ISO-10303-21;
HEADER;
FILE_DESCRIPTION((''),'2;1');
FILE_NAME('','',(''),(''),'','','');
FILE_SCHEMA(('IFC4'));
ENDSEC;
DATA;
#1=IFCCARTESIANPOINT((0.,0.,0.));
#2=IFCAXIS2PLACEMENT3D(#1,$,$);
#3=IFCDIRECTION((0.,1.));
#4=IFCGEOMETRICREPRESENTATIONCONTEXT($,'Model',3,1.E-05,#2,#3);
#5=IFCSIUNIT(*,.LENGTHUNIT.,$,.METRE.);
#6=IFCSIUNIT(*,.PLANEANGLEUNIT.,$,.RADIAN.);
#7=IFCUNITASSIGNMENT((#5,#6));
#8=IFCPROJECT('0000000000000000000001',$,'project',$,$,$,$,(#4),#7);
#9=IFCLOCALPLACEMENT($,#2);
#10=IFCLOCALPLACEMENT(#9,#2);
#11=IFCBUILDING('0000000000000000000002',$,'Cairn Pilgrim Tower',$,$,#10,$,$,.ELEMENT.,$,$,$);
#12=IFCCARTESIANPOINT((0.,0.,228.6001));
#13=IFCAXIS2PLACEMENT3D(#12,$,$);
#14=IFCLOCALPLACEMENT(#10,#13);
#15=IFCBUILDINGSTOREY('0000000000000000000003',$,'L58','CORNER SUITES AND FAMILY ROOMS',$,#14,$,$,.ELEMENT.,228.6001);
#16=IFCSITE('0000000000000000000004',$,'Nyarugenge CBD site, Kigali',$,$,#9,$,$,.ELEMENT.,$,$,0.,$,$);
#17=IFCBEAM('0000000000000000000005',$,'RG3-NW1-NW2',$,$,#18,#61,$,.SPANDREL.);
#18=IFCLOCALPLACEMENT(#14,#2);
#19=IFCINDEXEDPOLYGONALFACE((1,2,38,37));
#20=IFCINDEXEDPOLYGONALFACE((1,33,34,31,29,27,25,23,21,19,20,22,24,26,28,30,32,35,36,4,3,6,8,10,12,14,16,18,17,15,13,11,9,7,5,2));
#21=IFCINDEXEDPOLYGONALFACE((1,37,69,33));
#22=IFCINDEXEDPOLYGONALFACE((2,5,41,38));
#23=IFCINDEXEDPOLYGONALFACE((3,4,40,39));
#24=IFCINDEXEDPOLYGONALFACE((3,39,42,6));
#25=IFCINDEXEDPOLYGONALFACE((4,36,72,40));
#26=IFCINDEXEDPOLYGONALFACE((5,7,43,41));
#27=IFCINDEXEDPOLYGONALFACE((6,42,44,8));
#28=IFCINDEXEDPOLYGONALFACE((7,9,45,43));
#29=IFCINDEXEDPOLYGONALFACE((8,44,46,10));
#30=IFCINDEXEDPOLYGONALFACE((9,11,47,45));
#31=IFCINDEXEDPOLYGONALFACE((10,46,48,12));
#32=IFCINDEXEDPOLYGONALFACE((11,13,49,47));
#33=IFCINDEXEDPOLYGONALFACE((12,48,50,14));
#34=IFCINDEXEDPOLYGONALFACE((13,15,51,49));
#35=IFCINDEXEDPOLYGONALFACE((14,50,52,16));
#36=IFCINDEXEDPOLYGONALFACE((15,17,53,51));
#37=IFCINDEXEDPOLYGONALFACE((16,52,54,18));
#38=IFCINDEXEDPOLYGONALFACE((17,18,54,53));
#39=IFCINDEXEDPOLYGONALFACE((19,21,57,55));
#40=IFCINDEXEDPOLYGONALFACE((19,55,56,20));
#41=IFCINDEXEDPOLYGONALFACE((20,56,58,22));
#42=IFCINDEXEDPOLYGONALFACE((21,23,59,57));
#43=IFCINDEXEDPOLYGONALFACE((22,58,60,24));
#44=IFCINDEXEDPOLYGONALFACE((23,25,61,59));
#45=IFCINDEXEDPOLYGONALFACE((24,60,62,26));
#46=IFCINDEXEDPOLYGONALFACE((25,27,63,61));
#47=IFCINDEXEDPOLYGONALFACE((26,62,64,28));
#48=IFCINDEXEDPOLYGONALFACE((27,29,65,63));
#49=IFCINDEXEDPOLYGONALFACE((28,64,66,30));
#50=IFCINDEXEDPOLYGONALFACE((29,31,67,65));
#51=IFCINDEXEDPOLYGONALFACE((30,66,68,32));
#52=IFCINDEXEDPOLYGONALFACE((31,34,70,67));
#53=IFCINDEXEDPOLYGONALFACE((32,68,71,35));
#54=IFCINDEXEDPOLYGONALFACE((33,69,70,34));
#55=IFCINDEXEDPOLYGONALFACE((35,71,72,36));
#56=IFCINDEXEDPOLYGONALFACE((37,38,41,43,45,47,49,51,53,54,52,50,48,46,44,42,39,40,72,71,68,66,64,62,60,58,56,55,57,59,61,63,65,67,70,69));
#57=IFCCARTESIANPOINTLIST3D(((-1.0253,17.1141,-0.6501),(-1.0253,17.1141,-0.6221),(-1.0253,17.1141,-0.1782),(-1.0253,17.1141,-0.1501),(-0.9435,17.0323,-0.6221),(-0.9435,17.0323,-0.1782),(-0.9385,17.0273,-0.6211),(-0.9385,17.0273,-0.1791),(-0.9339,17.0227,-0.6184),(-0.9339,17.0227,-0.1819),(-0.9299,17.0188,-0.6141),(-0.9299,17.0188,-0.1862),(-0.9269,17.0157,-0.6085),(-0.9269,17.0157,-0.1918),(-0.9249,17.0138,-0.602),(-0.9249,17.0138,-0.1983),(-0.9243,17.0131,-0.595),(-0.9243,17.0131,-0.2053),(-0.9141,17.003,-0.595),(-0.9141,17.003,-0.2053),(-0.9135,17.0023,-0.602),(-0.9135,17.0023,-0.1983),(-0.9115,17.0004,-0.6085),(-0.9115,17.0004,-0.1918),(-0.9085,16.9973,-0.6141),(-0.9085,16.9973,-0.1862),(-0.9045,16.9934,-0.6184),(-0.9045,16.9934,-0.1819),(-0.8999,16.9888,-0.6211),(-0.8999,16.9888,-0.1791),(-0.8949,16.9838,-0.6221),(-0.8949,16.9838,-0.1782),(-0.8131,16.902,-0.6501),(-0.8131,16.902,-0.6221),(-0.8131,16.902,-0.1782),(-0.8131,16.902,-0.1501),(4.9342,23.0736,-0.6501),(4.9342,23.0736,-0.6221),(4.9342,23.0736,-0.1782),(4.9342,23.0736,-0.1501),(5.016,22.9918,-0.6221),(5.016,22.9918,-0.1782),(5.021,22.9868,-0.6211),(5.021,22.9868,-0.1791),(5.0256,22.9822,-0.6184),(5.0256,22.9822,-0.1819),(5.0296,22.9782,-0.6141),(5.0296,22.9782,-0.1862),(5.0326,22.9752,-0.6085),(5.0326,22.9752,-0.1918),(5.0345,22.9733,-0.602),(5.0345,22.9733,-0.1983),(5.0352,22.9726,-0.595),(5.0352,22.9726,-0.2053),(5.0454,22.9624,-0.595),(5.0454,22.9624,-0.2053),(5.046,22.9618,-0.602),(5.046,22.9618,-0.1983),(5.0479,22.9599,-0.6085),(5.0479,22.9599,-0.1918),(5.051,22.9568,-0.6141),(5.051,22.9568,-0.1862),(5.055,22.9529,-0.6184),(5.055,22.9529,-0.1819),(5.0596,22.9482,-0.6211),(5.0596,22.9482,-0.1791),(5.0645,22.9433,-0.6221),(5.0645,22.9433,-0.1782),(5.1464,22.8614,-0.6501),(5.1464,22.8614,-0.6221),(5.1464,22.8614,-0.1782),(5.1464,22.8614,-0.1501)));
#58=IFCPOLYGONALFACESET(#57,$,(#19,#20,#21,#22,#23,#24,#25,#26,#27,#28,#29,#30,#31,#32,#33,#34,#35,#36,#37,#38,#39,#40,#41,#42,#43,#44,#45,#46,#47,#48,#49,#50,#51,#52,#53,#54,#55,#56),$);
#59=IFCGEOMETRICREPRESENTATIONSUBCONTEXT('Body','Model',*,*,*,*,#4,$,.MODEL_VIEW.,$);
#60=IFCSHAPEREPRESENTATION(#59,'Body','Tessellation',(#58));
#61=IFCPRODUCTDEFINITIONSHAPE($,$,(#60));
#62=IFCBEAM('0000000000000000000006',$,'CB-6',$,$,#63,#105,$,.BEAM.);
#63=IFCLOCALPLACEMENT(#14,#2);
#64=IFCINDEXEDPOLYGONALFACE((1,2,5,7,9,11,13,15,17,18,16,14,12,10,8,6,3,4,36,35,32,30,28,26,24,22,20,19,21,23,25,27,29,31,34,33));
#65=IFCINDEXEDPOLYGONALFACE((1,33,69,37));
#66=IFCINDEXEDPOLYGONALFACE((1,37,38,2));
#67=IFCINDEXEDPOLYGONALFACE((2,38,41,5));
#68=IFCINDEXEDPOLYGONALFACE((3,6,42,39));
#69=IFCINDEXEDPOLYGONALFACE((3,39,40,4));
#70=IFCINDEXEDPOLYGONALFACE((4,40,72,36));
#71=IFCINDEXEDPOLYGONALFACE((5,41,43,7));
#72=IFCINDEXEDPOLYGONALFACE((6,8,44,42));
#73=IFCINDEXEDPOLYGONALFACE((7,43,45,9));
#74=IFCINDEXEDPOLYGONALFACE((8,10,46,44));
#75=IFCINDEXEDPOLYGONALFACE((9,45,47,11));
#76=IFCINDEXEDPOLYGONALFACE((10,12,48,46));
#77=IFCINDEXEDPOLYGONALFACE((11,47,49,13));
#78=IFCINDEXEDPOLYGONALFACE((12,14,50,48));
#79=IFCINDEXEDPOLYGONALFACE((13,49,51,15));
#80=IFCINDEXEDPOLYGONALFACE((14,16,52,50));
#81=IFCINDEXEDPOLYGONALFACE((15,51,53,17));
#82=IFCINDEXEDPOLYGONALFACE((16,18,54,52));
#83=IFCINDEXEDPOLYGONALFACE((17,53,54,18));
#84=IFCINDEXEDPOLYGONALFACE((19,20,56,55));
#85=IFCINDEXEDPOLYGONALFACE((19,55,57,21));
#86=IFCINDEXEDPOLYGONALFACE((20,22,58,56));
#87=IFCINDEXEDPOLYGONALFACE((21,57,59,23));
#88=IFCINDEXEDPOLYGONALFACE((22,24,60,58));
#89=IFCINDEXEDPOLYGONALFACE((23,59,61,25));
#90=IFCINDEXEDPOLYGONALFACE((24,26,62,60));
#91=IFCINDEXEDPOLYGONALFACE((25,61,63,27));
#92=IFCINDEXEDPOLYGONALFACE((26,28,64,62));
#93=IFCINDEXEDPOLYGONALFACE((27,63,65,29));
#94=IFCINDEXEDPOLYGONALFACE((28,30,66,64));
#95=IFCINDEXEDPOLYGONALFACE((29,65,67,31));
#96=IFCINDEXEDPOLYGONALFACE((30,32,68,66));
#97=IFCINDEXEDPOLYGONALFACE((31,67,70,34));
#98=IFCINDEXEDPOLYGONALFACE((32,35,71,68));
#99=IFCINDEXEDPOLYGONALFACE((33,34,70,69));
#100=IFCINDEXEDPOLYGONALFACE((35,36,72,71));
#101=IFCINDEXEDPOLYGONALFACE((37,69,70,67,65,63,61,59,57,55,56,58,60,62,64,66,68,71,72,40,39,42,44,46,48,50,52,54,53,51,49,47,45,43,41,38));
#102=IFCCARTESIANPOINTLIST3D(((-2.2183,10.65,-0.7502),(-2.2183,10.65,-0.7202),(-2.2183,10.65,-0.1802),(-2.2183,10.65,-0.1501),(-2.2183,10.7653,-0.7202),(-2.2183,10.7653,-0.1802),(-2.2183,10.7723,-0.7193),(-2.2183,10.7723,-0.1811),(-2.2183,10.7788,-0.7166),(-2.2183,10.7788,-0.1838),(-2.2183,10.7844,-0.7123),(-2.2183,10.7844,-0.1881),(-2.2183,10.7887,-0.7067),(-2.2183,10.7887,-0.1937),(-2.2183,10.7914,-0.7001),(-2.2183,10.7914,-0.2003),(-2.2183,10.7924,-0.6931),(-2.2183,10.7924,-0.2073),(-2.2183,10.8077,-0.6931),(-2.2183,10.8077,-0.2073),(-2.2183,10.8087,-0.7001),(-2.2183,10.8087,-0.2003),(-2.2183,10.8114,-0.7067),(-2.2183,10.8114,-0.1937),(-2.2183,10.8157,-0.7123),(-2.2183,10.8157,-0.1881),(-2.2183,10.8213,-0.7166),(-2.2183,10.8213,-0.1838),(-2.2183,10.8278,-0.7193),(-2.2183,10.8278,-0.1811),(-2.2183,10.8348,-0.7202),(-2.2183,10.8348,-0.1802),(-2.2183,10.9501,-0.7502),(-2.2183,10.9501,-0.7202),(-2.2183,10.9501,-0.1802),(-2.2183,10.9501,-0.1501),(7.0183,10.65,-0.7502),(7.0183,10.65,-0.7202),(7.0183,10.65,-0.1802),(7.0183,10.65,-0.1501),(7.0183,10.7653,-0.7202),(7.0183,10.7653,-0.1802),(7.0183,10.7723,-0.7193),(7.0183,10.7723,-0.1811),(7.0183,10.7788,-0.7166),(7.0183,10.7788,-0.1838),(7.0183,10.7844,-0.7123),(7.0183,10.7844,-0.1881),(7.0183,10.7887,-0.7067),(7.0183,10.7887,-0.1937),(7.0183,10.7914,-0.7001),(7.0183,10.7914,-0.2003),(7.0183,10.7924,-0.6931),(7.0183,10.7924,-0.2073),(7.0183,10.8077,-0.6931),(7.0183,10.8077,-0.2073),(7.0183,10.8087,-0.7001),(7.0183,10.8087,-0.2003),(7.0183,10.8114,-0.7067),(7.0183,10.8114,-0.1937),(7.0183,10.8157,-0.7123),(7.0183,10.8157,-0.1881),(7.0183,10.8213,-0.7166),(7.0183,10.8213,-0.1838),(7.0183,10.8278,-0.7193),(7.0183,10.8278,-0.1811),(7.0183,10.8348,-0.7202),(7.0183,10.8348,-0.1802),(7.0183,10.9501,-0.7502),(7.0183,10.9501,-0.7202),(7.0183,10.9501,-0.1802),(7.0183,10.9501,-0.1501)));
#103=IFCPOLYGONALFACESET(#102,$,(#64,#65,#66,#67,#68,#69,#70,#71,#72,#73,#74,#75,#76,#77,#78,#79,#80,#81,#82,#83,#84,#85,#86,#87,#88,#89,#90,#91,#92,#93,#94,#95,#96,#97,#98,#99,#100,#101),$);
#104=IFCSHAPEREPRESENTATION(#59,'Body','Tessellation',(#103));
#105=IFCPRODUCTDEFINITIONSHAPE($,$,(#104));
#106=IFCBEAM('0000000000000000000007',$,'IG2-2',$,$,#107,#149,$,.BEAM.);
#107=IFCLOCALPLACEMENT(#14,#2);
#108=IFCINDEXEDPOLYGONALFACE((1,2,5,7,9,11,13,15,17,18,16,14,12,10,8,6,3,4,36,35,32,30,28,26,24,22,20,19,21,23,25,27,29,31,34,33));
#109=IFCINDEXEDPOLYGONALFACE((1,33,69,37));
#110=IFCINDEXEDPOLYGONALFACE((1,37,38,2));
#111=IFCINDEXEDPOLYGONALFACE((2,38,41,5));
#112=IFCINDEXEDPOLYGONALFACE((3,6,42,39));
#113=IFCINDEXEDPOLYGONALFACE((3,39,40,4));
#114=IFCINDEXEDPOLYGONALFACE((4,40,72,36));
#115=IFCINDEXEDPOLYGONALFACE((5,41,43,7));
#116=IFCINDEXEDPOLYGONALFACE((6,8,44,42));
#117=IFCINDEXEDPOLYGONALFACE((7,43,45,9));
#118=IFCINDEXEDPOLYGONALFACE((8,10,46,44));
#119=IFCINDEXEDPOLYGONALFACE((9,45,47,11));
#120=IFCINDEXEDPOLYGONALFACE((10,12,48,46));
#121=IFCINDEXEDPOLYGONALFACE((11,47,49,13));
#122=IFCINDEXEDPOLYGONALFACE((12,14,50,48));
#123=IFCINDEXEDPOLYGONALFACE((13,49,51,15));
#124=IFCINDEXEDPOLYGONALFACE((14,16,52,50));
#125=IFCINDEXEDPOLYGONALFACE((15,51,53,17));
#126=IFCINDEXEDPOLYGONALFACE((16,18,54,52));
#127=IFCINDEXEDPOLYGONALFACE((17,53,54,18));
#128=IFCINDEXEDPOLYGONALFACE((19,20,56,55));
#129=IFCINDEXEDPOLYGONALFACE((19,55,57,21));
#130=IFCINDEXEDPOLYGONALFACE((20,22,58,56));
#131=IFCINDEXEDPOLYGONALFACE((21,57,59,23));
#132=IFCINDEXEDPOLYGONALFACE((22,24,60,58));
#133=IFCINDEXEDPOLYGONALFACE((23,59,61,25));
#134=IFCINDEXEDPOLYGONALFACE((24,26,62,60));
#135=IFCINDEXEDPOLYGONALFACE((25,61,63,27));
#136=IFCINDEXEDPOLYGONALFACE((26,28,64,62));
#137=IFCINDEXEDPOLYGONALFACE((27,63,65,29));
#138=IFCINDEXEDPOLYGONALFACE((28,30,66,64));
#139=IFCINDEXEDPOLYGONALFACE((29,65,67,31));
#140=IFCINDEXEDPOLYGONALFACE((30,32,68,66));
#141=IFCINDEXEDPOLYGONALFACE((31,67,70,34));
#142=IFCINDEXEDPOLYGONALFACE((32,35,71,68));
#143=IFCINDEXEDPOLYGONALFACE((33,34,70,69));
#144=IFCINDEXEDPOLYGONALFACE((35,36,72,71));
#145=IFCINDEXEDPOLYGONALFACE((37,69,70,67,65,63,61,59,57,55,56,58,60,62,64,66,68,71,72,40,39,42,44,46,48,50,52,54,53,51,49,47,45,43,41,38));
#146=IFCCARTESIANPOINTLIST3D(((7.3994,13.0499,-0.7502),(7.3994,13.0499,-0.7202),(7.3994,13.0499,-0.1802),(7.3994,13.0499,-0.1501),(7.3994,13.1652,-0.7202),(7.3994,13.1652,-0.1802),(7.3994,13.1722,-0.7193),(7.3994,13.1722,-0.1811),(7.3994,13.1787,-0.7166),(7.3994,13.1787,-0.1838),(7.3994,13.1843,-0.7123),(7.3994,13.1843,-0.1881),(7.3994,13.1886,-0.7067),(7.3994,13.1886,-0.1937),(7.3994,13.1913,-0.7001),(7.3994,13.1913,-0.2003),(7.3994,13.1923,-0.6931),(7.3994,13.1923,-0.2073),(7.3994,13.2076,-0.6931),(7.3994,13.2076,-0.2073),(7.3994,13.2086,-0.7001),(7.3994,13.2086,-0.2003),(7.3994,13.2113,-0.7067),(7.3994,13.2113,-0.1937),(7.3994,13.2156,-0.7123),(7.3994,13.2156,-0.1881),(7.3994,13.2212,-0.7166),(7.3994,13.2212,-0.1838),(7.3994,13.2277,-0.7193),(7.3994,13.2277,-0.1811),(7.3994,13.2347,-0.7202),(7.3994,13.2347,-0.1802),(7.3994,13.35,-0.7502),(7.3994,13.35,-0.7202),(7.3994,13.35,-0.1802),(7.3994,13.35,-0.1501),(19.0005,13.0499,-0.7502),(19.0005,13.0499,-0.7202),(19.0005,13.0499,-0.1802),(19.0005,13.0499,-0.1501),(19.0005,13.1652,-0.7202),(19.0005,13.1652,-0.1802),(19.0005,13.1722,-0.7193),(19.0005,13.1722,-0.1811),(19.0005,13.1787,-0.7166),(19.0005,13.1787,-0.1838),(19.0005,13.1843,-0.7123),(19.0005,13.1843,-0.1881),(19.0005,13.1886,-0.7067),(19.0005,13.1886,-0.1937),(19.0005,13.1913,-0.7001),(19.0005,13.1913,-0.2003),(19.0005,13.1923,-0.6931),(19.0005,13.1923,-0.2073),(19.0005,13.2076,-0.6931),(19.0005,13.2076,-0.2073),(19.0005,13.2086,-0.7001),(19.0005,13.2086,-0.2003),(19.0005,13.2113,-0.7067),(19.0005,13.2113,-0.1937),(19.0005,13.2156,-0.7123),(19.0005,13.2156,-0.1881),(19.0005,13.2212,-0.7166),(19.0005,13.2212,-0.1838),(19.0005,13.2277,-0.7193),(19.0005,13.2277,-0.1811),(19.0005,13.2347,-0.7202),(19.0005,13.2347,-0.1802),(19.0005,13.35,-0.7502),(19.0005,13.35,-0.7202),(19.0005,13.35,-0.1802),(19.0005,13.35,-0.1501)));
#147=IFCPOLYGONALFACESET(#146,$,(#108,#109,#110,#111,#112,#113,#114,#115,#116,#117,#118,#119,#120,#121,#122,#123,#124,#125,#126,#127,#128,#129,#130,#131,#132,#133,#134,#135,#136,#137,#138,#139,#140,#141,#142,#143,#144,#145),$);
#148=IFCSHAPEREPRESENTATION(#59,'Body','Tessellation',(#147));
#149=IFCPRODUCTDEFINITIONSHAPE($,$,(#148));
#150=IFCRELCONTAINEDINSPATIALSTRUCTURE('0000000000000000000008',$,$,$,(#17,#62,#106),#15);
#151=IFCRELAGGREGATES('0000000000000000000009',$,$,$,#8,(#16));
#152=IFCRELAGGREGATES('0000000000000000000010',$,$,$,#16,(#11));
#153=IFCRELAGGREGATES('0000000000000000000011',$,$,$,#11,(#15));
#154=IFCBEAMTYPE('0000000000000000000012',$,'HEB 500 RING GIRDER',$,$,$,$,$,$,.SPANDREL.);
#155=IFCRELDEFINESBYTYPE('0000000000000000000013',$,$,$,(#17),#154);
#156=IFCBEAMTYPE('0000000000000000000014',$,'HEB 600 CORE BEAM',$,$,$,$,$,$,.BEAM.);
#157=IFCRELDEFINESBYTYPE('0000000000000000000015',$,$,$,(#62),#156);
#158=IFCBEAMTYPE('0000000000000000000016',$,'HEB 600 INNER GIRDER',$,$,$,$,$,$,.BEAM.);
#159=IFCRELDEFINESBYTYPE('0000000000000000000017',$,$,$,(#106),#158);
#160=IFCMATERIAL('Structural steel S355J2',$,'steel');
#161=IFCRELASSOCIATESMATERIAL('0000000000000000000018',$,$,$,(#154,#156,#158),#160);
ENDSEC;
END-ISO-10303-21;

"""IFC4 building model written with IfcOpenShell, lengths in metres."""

from ifc_helpers import new_model, si_unit, direction, frame, origin, origin_2d, place, context, subcontext, project, spatial, i_section, extrude, material, material_profile, profile_set, type_object, element, save


model = new_model("IFC4")

# Units and contexts
model_context = context("Model", 3, precision=1e-05, world=origin(), true_north=direction((0.0, 1.0)))
body_context = subcontext(model_context, "Body", "Model", "MODEL_VIEW")
ifc_project = project(units=[si_unit("LENGTHUNIT", "METRE"), si_unit("PLANEANGLEUNIT", "RADIAN")], contexts=[model_context])

# Site, building, storey
site_placement = place(None, origin())
site = spatial("IfcSite", under=ifc_project, at=site_placement, Name="Nyarugenge CBD site, Kigali", CompositionType="ELEMENT", RefElevation=0.0)
building_placement = place(site_placement, origin())
building = spatial("IfcBuilding", under=site, at=building_placement, Name="Cairn Pilgrim Tower", CompositionType="ELEMENT")
storey_placement = place(building_placement, frame((0.0, 0.0, 228.6001)))
storey = spatial("IfcBuildingStorey", under=building, at=storey_placement, Name="L58", Description="CORNER SUITES AND FAMILY ROOMS", CompositionType="ELEMENT", Elevation=228.6001)

# Shared definitions
ifc_material_1 = material(Name="Structural steel S355J2", Category="steel")

# Beams
ifc_material_profile_1 = material_profile(ifc_material_1, i_section(OverallWidth=0.3, OverallDepth=0.5, WebThickness=0.0144, FlangeThickness=0.0281, FilletRadius=0.0271, at=origin_2d()), Name="HEB 500")
ifc_profile_set_1 = profile_set([ifc_material_profile_1], Name="Structural steel S355J2")
beam_type_1 = type_object("IfcBeamType", Name="HEB 500 RING GIRDER", PredefinedType="SPANDREL", material=ifc_profile_set_1)
beam_1_placement = place(storey_placement, frame((5.0403, 22.9675, -0.4001), z_axis=(-0.707107, -0.707107, 0.0), x_axis=(0.707107, -0.707107, 0.0)))
element("IfcBeam", 1, at=beam_1_placement, inside=storey, type_object=beam_type_1, Name="RG3-NW1-NW2", PredefinedType="SPANDREL", context=body_context, shape_type="SweptSolid", body=[
    extrude(i_section(OverallWidth=0.3, OverallDepth=0.5, WebThickness=0.0144, FlangeThickness=0.0281, FilletRadius=0.0271, at=origin_2d()), origin(), (0.0, 0.0, 1.0), 8.428),
])
ifc_material_profile_2 = material_profile(ifc_material_1, i_section(OverallWidth=0.3, OverallDepth=0.6001, WebThickness=0.0154, FlangeThickness=0.03, FilletRadius=0.0271, at=origin_2d()), Name="HEB 600")
ifc_profile_set_2 = profile_set([ifc_material_profile_2], Name="Structural steel S355J2")
beam_type_2 = type_object("IfcBeamType", Name="HEB 600 CORE BEAM", PredefinedType="BEAM", material=ifc_profile_set_2)
beam_2_placement = place(storey_placement, frame((7.0183, 10.8, -0.4502), z_axis=(-1.0, 0.0, 0.0), x_axis=(0.0, -1.0, 0.0)))
element("IfcBeam", 2, at=beam_2_placement, inside=storey, type_object=beam_type_2, Name="CB-6", PredefinedType="BEAM", context=body_context, shape_type="SweptSolid", body=[
    extrude(i_section(OverallWidth=0.3, OverallDepth=0.6001, WebThickness=0.0154, FlangeThickness=0.03, FilletRadius=0.0271, at=origin_2d()), origin(), (0.0, 0.0, 1.0), 9.2366),
])
ifc_material_profile_3 = material_profile(ifc_material_1, i_section(OverallWidth=0.3, OverallDepth=0.6001, WebThickness=0.0154, FlangeThickness=0.03, FilletRadius=0.0271, at=origin_2d()), Name="HEB 600")
ifc_profile_set_3 = profile_set([ifc_material_profile_3], Name="Structural steel S355J2")
beam_type_3 = type_object("IfcBeamType", Name="HEB 600 INNER GIRDER", PredefinedType="BEAM", material=ifc_profile_set_3)
beam_3_placement = place(storey_placement, frame((7.3994, 13.2, -0.4502), z_axis=(1.0, 0.0, 0.0), x_axis=(0.0, 1.0, 0.0)))
element("IfcBeam", 3, at=beam_3_placement, inside=storey, type_object=beam_type_3, Name="IG2-2", PredefinedType="BEAM", context=body_context, shape_type="SweptSolid", body=[
    extrude(i_section(OverallWidth=0.3, OverallDepth=0.6001, WebThickness=0.0154, FlangeThickness=0.03, FilletRadius=0.0271, at=origin_2d()), origin(), (0.0, 0.0, 1.0), 11.6011),
])

save(model, "model.ifc")
